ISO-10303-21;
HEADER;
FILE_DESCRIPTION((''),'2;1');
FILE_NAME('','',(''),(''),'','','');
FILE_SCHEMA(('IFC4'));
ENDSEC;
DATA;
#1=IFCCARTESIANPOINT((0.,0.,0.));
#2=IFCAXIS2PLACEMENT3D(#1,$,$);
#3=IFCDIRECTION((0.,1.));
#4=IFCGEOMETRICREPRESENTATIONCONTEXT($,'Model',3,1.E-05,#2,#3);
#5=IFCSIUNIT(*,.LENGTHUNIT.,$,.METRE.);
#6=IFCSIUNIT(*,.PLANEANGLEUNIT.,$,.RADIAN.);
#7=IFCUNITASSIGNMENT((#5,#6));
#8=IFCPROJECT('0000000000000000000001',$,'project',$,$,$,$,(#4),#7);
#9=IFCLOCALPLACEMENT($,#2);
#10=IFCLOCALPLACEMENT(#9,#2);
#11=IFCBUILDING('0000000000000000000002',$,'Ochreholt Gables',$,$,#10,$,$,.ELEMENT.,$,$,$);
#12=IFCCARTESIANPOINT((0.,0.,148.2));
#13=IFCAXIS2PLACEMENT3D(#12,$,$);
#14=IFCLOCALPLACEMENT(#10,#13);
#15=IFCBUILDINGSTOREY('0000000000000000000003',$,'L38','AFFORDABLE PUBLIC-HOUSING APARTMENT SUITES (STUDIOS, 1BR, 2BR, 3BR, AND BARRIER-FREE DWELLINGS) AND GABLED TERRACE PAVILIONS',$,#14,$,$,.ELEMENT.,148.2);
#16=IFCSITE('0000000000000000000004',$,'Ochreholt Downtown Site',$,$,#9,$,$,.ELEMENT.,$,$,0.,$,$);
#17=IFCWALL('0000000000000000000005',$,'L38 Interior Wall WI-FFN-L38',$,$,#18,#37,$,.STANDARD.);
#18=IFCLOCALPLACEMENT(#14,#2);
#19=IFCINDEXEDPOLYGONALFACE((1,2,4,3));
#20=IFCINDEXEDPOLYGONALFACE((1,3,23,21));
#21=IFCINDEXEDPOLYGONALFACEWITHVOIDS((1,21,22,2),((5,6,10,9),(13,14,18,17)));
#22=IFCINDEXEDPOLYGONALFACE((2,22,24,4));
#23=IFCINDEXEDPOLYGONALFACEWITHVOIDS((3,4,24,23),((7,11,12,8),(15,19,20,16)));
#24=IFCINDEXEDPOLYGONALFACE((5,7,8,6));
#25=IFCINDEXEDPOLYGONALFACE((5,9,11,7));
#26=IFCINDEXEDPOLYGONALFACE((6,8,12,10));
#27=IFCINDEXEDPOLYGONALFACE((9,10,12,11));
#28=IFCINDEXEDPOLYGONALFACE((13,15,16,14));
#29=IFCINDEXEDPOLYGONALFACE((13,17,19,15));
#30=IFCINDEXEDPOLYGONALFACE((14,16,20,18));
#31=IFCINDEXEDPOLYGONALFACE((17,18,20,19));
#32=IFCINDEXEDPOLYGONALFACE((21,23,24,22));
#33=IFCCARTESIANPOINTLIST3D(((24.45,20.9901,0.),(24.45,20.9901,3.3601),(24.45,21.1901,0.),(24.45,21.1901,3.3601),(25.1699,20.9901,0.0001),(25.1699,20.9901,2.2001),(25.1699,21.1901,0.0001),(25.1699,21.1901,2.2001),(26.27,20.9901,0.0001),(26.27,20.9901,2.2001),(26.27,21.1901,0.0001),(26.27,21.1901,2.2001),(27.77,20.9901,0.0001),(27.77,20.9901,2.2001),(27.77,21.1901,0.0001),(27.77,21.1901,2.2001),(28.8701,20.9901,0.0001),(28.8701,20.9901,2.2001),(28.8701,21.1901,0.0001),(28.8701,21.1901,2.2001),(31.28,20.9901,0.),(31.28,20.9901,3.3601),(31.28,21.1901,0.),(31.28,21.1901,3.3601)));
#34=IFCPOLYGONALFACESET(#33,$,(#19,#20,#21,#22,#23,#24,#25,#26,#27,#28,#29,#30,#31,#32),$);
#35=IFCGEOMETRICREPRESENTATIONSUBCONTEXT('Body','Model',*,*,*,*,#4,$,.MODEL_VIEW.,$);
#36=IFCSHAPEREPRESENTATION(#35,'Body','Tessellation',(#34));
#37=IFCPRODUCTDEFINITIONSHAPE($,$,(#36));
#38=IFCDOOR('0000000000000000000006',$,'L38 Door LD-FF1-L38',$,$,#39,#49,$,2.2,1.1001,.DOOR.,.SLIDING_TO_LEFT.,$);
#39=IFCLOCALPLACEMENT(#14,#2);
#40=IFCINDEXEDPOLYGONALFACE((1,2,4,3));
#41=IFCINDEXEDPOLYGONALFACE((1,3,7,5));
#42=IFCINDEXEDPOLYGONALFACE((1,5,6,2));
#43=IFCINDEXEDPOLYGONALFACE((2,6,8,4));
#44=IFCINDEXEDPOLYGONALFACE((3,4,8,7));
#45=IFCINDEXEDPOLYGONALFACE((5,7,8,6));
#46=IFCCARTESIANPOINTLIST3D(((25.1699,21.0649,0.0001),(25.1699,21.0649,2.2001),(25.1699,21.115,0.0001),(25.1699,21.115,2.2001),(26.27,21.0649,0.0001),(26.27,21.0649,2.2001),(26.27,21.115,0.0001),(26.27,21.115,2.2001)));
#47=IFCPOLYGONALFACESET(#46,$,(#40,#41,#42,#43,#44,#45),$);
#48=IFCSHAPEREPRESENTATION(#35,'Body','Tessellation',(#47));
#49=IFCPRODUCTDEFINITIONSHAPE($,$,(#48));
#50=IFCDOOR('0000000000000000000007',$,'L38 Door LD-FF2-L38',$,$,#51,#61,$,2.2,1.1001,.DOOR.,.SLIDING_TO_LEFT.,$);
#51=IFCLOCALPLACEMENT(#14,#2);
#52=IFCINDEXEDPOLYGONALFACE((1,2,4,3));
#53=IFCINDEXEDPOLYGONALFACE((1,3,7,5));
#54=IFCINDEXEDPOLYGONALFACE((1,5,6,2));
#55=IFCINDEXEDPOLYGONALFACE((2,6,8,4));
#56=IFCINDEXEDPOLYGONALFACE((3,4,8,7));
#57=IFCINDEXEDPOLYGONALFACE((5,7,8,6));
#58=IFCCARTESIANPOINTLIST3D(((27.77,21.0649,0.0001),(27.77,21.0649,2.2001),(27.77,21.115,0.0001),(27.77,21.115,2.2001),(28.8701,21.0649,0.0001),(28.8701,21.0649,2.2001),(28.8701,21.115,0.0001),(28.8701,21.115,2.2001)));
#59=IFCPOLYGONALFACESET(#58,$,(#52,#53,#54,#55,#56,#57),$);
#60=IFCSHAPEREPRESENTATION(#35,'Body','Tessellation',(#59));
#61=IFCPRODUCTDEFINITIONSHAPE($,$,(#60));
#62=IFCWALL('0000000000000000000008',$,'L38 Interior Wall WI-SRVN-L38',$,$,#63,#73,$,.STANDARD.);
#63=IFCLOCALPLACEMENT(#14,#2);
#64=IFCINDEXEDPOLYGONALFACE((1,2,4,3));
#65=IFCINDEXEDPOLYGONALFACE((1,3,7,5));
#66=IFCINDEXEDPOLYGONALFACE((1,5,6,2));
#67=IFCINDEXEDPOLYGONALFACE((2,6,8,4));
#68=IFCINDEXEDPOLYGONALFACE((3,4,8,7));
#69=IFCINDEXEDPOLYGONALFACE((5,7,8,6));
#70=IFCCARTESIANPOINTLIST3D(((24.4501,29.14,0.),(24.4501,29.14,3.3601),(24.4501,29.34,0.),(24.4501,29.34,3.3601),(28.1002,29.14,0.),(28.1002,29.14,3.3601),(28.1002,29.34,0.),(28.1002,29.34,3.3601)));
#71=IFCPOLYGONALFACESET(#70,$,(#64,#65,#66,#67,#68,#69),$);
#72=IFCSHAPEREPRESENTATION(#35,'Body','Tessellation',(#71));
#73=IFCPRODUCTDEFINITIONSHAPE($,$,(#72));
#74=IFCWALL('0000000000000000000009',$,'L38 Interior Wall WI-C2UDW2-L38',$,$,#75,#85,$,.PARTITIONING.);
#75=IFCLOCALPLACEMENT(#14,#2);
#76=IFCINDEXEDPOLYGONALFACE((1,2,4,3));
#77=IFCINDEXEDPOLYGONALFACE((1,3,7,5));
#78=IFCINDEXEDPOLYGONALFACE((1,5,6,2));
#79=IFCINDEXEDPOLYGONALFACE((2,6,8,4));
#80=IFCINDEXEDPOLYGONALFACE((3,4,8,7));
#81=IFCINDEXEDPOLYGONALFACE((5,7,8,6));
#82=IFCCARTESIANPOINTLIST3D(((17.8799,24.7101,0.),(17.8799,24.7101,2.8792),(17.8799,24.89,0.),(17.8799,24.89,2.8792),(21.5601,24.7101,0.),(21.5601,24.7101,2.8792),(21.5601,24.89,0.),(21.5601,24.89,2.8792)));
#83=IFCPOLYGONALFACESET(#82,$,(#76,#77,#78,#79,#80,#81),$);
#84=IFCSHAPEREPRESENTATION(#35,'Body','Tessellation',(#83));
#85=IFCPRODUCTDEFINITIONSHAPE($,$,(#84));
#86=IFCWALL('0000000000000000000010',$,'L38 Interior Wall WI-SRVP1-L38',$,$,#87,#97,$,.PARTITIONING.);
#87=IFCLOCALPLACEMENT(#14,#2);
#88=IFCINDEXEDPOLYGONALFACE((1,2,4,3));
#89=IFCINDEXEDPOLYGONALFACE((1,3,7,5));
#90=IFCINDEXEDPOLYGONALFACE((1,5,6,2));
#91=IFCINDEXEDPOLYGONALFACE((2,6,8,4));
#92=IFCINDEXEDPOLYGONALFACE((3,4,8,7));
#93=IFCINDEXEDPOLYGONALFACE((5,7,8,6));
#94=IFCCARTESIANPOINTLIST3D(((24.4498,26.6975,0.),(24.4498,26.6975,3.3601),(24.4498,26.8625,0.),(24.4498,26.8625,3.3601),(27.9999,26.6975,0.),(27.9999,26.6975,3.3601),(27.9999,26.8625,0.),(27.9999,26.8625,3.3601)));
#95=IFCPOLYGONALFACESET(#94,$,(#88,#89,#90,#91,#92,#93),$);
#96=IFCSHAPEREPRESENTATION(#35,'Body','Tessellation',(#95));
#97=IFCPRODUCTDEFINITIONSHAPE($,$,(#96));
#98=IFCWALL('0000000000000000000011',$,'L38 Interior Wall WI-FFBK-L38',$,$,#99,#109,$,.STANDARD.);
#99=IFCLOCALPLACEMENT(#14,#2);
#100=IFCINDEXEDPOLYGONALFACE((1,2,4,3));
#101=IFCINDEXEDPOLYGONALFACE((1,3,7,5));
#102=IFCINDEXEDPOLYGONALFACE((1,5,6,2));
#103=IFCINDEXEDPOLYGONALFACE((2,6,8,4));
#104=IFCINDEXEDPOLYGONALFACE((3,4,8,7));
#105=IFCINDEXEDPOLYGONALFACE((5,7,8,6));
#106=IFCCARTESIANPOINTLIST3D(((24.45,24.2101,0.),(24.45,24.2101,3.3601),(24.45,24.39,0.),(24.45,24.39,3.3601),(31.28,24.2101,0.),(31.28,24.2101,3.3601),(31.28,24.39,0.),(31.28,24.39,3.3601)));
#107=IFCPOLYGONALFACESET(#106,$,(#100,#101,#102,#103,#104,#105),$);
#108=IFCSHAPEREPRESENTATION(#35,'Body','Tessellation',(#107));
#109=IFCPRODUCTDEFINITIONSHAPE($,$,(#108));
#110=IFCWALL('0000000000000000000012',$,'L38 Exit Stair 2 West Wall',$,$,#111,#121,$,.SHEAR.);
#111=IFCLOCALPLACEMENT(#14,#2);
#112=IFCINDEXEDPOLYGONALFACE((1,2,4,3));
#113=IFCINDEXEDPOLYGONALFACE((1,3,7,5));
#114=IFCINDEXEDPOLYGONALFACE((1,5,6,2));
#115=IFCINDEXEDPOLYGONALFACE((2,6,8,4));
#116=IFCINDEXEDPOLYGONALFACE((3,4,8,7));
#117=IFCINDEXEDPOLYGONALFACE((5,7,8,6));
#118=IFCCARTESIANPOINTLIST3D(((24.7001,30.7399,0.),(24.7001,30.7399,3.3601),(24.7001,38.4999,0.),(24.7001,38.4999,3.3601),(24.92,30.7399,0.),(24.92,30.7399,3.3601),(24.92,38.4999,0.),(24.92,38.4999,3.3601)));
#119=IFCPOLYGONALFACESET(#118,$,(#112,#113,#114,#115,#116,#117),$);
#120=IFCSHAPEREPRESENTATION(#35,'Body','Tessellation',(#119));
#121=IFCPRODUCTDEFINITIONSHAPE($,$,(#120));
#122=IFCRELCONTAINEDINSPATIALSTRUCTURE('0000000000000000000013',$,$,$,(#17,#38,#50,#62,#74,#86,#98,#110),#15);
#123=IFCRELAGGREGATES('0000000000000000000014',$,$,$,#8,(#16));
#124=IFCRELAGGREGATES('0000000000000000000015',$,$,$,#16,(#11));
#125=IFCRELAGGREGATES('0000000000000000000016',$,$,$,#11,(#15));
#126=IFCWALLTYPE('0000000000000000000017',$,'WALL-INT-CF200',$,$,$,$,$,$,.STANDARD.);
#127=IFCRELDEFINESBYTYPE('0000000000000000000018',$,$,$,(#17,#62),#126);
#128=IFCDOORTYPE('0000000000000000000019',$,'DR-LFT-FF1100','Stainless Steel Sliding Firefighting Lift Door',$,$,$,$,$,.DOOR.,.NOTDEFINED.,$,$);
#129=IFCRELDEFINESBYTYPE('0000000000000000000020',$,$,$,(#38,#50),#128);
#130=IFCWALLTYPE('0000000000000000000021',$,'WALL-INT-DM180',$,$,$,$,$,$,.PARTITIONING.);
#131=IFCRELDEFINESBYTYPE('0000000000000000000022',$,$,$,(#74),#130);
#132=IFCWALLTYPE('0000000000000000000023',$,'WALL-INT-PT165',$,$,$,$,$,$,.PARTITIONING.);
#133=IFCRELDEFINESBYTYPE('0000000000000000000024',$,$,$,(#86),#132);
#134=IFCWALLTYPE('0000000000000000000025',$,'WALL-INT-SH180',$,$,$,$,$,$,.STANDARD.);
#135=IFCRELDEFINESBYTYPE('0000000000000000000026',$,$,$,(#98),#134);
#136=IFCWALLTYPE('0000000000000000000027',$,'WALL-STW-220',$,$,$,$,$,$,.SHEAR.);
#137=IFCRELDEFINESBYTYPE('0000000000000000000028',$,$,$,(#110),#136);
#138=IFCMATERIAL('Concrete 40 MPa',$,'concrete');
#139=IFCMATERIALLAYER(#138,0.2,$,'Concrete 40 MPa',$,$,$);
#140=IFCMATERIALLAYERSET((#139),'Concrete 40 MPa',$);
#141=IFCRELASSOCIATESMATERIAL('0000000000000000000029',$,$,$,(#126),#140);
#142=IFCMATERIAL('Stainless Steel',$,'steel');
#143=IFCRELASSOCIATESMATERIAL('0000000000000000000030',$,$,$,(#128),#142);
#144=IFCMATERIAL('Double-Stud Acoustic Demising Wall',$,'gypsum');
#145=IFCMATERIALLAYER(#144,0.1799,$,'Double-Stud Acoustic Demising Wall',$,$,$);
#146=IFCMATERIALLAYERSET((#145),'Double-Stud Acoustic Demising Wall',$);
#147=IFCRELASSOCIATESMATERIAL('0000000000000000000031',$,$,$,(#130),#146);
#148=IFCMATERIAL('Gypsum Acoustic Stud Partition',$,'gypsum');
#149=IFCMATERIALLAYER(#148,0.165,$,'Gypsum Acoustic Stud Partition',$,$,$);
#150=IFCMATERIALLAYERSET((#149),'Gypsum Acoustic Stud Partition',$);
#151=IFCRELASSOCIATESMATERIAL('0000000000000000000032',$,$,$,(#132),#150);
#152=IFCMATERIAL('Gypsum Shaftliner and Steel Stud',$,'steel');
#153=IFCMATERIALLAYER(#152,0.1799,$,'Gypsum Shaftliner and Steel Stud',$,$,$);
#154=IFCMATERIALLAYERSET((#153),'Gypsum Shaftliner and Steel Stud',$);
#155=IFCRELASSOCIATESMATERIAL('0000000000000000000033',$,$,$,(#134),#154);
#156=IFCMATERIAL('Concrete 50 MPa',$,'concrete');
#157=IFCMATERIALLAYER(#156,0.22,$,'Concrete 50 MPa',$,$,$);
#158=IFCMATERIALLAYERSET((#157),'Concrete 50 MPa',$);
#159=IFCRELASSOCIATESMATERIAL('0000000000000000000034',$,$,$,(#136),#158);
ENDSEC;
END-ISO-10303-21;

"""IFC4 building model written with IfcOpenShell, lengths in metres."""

from ifc_helpers import new_model, si_unit, direction, frame, frame_2d, origin, place, context, subcontext, project, spatial, rectangle, extrude, material, layer, layer_set, type_object, element, fill, save


model = new_model("IFC4")

# Units and contexts
model_context = context("Model", 3, precision=1e-05, world=origin(), true_north=direction((0.0, 1.0)))
body_context = subcontext(model_context, "Body", "Model", "MODEL_VIEW")
ifc_project = project(units=[si_unit("LENGTHUNIT", "METRE"), si_unit("PLANEANGLEUNIT", "RADIAN")], contexts=[model_context])

# Site, building, storey
site_placement = place(None, origin())
site = spatial("IfcSite", under=ifc_project, at=site_placement, Name="Ochreholt Downtown Site", CompositionType="ELEMENT", RefElevation=0.0)
building_placement = place(site_placement, origin())
building = spatial("IfcBuilding", under=site, at=building_placement, Name="Ochreholt Gables", CompositionType="ELEMENT")
storey_placement = place(building_placement, frame((0.0, 0.0, 148.2)))
storey = spatial("IfcBuildingStorey", under=building, at=storey_placement, Name="L38", Description="AFFORDABLE PUBLIC-HOUSING APARTMENT SUITES (STUDIOS, 1BR, 2BR, 3BR, AND BARRIER-FREE DWELLINGS) AND GABLED TERRACE PAVILIONS", CompositionType="ELEMENT", Elevation=148.2)

# Shared definitions
ifc_material_1 = material(Name="Concrete 50 MPa", Category="concrete")

# Wall, openings, doors
ifc_material_2 = material(Name="Concrete 40 MPa", Category="concrete")
ifc_layer_1 = layer(ifc_material_2, 0.2, Name="Concrete 40 MPa")
ifc_layer_set_1 = layer_set([ifc_layer_1], Name="Concrete 40 MPa")
wall_type_1 = type_object("IfcWallType", Name="WALL-INT-CF200", PredefinedType="STANDARD", material=ifc_layer_set_1)
wall_1_placement = place(storey_placement, frame((24.45, 21.0901, 0.0), z_axis=(0.0, 0.0, 1.0), x_axis=(1.0, 0.0, 0.0)))
wall_1 = element("IfcWall", 1, at=wall_1_placement, inside=storey, type_object=wall_type_1, Name="L38 Interior Wall WI-FFN-L38", PredefinedType="STANDARD", context=body_context, shape_type="SweptSolid", body=[
    extrude(rectangle(XDim=6.8301, YDim=0.2, at=frame_2d((3.415, 0.0))), origin(), (0.0, 0.0, 1.0), 3.3601),
])
opening_1_placement = place(wall_1_placement, frame((0.72, 0.0, 0.0)))
opening_1 = element("IfcOpeningElement", 2, at=opening_1_placement, cuts=wall_1, PredefinedType="OPENING", context=body_context, shape_type="SweptSolid", body=[
    extrude(rectangle(XDim=1.1001, YDim=2.2, at=frame_2d((0.55, 1.1001))), frame((0.0, 0.1099, 0.0), z_axis=(0.0, -1.0, 0.0), x_axis=(1.0, 0.0, 0.0)), (0.0, 0.0, 1.0), 0.22),
])
opening_2_placement = place(wall_1_placement, frame((3.3201, 0.0, 0.0)))
opening_2 = element("IfcOpeningElement", 3, at=opening_2_placement, cuts=wall_1, PredefinedType="OPENING", context=body_context, shape_type="SweptSolid", body=[
    extrude(rectangle(XDim=1.1001, YDim=2.2, at=frame_2d((0.55, 1.1001))), frame((0.0, 0.1099, 0.0), z_axis=(0.0, -1.0, 0.0), x_axis=(1.0, 0.0, 0.0)), (0.0, 0.0, 1.0), 0.22),
])
ifc_material_3 = material(Name="Stainless Steel", Category="steel")
door_type = type_object("IfcDoorType", Name="DR-LFT-FF1100", Description="Stainless Steel Sliding Firefighting Lift Door", OperationType="NOTDEFINED", PredefinedType="DOOR", material=ifc_material_3)
door_1_placement = place(opening_1_placement, origin())
door_1 = element("IfcDoor", 4, at=door_1_placement, inside=storey, type_object=door_type, Name="L38 Door LD-FF1-L38", OperationType="SLIDING_TO_LEFT", OverallHeight=2.2, OverallWidth=1.1001, PredefinedType="DOOR", context=body_context, shape_type="SweptSolid", body=[
    extrude(rectangle(XDim=1.1001, YDim=2.2, at=frame_2d((0.55, 1.1001))), frame((0.0, 0.0249, 0.0), z_axis=(0.0, -1.0, 0.0), x_axis=(1.0, 0.0, 0.0)), (0.0, 0.0, 1.0), 0.05),
])
fill(opening_1, door_1)
door_2_placement = place(opening_2_placement, origin())
door_2 = element("IfcDoor", 5, at=door_2_placement, inside=storey, type_object=door_type, Name="L38 Door LD-FF2-L38", OperationType="SLIDING_TO_LEFT", OverallHeight=2.2, OverallWidth=1.1001, PredefinedType="DOOR", context=body_context, shape_type="SweptSolid", body=[
    extrude(rectangle(XDim=1.1001, YDim=2.2, at=frame_2d((0.55, 1.1001))), frame((0.0, 0.0249, 0.0), z_axis=(0.0, -1.0, 0.0), x_axis=(1.0, 0.0, 0.0)), (0.0, 0.0, 1.0), 0.05),
])
fill(opening_2, door_2)

# Walls
wall_2_placement = place(storey_placement, frame((24.45, 29.24, 0.0), z_axis=(0.0, 0.0, 1.0), x_axis=(1.0, 0.0, 0.0)))
element("IfcWall", 6, at=wall_2_placement, inside=storey, type_object=wall_type_1, Name="L38 Interior Wall WI-SRVN-L38", PredefinedType="STANDARD", context=body_context, shape_type="SweptSolid", body=[
    extrude(rectangle(XDim=3.6501, YDim=0.2, at=frame_2d((1.8252, 0.0))), origin(), (0.0, 0.0, 1.0), 3.3601),
])
ifc_material_4 = material(Name="Double-Stud Acoustic Demising Wall", Category="gypsum")
ifc_layer_2 = layer(ifc_material_4, 0.1799, Name="Double-Stud Acoustic Demising Wall")
ifc_layer_set_2 = layer_set([ifc_layer_2], Name="Double-Stud Acoustic Demising Wall")
wall_type_2 = type_object("IfcWallType", Name="WALL-INT-DM180", PredefinedType="PARTITIONING", material=ifc_layer_set_2)
wall_3_placement = place(storey_placement, frame((17.8799, 24.8, 0.0), z_axis=(0.0, 0.0, 1.0), x_axis=(1.0, 0.0, 0.0)))
element("IfcWall", 7, at=wall_3_placement, inside=storey, type_object=wall_type_2, Name="L38 Interior Wall WI-C2UDW2-L38", PredefinedType="PARTITIONING", context=body_context, shape_type="SweptSolid", body=[
    extrude(rectangle(XDim=3.6802, YDim=0.1799, at=frame_2d((1.8401, 0.0))), origin(), (0.0, 0.0, 1.0), 2.8792),
])
ifc_material_5 = material(Name="Gypsum Acoustic Stud Partition", Category="gypsum")
ifc_layer_3 = layer(ifc_material_5, 0.165, Name="Gypsum Acoustic Stud Partition")
ifc_layer_set_3 = layer_set([ifc_layer_3], Name="Gypsum Acoustic Stud Partition")
wall_type_3 = type_object("IfcWallType", Name="WALL-INT-PT165", PredefinedType="PARTITIONING", material=ifc_layer_set_3)
wall_4_placement = place(storey_placement, frame((24.45, 26.78, 0.0), z_axis=(0.0, 0.0, 1.0), x_axis=(1.0, 0.0, 0.0)))
element("IfcWall", 8, at=wall_4_placement, inside=storey, type_object=wall_type_3, Name="L38 Interior Wall WI-SRVP1-L38", PredefinedType="PARTITIONING", context=body_context, shape_type="SweptSolid", body=[
    extrude(rectangle(XDim=3.55, YDim=0.165, at=frame_2d((1.7749, 0.0))), origin(), (0.0, 0.0, 1.0), 3.3601),
])
ifc_material_6 = material(Name="Gypsum Shaftliner and Steel Stud", Category="steel")
ifc_layer_4 = layer(ifc_material_6, 0.1799, Name="Gypsum Shaftliner and Steel Stud")
ifc_layer_set_4 = layer_set([ifc_layer_4], Name="Gypsum Shaftliner and Steel Stud")
wall_type_4 = type_object("IfcWallType", Name="WALL-INT-SH180", PredefinedType="STANDARD", material=ifc_layer_set_4)
wall_5_placement = place(storey_placement, frame((24.45, 24.3, 0.0), z_axis=(0.0, 0.0, 1.0), x_axis=(1.0, 0.0, 0.0)))
element("IfcWall", 9, at=wall_5_placement, inside=storey, type_object=wall_type_4, Name="L38 Interior Wall WI-FFBK-L38", PredefinedType="STANDARD", context=body_context, shape_type="SweptSolid", body=[
    extrude(rectangle(XDim=6.8301, YDim=0.1799, at=frame_2d((3.415, 0.0))), origin(), (0.0, 0.0, 1.0), 3.3601),
])
ifc_layer_5 = layer(ifc_material_1, 0.22, Name="Concrete 50 MPa")
ifc_layer_set_5 = layer_set([ifc_layer_5], Name="Concrete 50 MPa")
wall_type_5 = type_object("IfcWallType", Name="WALL-STW-220", PredefinedType="SHEAR", material=ifc_layer_set_5)
wall_6_placement = place(storey_placement, frame((24.8101, 30.74, 0.0), z_axis=(0.0, 0.0, 1.0), x_axis=(0.0, 1.0, 0.0)))
element("IfcWall", 10, at=wall_6_placement, inside=storey, type_object=wall_type_5, Name="L38 Exit Stair 2 West Wall", PredefinedType="SHEAR", context=body_context, shape_type="SweptSolid", body=[
    extrude(rectangle(XDim=7.76, YDim=0.22, at=frame_2d((3.8799, 0.0))), origin(), (0.0, 0.0, 1.0), 3.3601),
])

save(model, "model.ifc")
